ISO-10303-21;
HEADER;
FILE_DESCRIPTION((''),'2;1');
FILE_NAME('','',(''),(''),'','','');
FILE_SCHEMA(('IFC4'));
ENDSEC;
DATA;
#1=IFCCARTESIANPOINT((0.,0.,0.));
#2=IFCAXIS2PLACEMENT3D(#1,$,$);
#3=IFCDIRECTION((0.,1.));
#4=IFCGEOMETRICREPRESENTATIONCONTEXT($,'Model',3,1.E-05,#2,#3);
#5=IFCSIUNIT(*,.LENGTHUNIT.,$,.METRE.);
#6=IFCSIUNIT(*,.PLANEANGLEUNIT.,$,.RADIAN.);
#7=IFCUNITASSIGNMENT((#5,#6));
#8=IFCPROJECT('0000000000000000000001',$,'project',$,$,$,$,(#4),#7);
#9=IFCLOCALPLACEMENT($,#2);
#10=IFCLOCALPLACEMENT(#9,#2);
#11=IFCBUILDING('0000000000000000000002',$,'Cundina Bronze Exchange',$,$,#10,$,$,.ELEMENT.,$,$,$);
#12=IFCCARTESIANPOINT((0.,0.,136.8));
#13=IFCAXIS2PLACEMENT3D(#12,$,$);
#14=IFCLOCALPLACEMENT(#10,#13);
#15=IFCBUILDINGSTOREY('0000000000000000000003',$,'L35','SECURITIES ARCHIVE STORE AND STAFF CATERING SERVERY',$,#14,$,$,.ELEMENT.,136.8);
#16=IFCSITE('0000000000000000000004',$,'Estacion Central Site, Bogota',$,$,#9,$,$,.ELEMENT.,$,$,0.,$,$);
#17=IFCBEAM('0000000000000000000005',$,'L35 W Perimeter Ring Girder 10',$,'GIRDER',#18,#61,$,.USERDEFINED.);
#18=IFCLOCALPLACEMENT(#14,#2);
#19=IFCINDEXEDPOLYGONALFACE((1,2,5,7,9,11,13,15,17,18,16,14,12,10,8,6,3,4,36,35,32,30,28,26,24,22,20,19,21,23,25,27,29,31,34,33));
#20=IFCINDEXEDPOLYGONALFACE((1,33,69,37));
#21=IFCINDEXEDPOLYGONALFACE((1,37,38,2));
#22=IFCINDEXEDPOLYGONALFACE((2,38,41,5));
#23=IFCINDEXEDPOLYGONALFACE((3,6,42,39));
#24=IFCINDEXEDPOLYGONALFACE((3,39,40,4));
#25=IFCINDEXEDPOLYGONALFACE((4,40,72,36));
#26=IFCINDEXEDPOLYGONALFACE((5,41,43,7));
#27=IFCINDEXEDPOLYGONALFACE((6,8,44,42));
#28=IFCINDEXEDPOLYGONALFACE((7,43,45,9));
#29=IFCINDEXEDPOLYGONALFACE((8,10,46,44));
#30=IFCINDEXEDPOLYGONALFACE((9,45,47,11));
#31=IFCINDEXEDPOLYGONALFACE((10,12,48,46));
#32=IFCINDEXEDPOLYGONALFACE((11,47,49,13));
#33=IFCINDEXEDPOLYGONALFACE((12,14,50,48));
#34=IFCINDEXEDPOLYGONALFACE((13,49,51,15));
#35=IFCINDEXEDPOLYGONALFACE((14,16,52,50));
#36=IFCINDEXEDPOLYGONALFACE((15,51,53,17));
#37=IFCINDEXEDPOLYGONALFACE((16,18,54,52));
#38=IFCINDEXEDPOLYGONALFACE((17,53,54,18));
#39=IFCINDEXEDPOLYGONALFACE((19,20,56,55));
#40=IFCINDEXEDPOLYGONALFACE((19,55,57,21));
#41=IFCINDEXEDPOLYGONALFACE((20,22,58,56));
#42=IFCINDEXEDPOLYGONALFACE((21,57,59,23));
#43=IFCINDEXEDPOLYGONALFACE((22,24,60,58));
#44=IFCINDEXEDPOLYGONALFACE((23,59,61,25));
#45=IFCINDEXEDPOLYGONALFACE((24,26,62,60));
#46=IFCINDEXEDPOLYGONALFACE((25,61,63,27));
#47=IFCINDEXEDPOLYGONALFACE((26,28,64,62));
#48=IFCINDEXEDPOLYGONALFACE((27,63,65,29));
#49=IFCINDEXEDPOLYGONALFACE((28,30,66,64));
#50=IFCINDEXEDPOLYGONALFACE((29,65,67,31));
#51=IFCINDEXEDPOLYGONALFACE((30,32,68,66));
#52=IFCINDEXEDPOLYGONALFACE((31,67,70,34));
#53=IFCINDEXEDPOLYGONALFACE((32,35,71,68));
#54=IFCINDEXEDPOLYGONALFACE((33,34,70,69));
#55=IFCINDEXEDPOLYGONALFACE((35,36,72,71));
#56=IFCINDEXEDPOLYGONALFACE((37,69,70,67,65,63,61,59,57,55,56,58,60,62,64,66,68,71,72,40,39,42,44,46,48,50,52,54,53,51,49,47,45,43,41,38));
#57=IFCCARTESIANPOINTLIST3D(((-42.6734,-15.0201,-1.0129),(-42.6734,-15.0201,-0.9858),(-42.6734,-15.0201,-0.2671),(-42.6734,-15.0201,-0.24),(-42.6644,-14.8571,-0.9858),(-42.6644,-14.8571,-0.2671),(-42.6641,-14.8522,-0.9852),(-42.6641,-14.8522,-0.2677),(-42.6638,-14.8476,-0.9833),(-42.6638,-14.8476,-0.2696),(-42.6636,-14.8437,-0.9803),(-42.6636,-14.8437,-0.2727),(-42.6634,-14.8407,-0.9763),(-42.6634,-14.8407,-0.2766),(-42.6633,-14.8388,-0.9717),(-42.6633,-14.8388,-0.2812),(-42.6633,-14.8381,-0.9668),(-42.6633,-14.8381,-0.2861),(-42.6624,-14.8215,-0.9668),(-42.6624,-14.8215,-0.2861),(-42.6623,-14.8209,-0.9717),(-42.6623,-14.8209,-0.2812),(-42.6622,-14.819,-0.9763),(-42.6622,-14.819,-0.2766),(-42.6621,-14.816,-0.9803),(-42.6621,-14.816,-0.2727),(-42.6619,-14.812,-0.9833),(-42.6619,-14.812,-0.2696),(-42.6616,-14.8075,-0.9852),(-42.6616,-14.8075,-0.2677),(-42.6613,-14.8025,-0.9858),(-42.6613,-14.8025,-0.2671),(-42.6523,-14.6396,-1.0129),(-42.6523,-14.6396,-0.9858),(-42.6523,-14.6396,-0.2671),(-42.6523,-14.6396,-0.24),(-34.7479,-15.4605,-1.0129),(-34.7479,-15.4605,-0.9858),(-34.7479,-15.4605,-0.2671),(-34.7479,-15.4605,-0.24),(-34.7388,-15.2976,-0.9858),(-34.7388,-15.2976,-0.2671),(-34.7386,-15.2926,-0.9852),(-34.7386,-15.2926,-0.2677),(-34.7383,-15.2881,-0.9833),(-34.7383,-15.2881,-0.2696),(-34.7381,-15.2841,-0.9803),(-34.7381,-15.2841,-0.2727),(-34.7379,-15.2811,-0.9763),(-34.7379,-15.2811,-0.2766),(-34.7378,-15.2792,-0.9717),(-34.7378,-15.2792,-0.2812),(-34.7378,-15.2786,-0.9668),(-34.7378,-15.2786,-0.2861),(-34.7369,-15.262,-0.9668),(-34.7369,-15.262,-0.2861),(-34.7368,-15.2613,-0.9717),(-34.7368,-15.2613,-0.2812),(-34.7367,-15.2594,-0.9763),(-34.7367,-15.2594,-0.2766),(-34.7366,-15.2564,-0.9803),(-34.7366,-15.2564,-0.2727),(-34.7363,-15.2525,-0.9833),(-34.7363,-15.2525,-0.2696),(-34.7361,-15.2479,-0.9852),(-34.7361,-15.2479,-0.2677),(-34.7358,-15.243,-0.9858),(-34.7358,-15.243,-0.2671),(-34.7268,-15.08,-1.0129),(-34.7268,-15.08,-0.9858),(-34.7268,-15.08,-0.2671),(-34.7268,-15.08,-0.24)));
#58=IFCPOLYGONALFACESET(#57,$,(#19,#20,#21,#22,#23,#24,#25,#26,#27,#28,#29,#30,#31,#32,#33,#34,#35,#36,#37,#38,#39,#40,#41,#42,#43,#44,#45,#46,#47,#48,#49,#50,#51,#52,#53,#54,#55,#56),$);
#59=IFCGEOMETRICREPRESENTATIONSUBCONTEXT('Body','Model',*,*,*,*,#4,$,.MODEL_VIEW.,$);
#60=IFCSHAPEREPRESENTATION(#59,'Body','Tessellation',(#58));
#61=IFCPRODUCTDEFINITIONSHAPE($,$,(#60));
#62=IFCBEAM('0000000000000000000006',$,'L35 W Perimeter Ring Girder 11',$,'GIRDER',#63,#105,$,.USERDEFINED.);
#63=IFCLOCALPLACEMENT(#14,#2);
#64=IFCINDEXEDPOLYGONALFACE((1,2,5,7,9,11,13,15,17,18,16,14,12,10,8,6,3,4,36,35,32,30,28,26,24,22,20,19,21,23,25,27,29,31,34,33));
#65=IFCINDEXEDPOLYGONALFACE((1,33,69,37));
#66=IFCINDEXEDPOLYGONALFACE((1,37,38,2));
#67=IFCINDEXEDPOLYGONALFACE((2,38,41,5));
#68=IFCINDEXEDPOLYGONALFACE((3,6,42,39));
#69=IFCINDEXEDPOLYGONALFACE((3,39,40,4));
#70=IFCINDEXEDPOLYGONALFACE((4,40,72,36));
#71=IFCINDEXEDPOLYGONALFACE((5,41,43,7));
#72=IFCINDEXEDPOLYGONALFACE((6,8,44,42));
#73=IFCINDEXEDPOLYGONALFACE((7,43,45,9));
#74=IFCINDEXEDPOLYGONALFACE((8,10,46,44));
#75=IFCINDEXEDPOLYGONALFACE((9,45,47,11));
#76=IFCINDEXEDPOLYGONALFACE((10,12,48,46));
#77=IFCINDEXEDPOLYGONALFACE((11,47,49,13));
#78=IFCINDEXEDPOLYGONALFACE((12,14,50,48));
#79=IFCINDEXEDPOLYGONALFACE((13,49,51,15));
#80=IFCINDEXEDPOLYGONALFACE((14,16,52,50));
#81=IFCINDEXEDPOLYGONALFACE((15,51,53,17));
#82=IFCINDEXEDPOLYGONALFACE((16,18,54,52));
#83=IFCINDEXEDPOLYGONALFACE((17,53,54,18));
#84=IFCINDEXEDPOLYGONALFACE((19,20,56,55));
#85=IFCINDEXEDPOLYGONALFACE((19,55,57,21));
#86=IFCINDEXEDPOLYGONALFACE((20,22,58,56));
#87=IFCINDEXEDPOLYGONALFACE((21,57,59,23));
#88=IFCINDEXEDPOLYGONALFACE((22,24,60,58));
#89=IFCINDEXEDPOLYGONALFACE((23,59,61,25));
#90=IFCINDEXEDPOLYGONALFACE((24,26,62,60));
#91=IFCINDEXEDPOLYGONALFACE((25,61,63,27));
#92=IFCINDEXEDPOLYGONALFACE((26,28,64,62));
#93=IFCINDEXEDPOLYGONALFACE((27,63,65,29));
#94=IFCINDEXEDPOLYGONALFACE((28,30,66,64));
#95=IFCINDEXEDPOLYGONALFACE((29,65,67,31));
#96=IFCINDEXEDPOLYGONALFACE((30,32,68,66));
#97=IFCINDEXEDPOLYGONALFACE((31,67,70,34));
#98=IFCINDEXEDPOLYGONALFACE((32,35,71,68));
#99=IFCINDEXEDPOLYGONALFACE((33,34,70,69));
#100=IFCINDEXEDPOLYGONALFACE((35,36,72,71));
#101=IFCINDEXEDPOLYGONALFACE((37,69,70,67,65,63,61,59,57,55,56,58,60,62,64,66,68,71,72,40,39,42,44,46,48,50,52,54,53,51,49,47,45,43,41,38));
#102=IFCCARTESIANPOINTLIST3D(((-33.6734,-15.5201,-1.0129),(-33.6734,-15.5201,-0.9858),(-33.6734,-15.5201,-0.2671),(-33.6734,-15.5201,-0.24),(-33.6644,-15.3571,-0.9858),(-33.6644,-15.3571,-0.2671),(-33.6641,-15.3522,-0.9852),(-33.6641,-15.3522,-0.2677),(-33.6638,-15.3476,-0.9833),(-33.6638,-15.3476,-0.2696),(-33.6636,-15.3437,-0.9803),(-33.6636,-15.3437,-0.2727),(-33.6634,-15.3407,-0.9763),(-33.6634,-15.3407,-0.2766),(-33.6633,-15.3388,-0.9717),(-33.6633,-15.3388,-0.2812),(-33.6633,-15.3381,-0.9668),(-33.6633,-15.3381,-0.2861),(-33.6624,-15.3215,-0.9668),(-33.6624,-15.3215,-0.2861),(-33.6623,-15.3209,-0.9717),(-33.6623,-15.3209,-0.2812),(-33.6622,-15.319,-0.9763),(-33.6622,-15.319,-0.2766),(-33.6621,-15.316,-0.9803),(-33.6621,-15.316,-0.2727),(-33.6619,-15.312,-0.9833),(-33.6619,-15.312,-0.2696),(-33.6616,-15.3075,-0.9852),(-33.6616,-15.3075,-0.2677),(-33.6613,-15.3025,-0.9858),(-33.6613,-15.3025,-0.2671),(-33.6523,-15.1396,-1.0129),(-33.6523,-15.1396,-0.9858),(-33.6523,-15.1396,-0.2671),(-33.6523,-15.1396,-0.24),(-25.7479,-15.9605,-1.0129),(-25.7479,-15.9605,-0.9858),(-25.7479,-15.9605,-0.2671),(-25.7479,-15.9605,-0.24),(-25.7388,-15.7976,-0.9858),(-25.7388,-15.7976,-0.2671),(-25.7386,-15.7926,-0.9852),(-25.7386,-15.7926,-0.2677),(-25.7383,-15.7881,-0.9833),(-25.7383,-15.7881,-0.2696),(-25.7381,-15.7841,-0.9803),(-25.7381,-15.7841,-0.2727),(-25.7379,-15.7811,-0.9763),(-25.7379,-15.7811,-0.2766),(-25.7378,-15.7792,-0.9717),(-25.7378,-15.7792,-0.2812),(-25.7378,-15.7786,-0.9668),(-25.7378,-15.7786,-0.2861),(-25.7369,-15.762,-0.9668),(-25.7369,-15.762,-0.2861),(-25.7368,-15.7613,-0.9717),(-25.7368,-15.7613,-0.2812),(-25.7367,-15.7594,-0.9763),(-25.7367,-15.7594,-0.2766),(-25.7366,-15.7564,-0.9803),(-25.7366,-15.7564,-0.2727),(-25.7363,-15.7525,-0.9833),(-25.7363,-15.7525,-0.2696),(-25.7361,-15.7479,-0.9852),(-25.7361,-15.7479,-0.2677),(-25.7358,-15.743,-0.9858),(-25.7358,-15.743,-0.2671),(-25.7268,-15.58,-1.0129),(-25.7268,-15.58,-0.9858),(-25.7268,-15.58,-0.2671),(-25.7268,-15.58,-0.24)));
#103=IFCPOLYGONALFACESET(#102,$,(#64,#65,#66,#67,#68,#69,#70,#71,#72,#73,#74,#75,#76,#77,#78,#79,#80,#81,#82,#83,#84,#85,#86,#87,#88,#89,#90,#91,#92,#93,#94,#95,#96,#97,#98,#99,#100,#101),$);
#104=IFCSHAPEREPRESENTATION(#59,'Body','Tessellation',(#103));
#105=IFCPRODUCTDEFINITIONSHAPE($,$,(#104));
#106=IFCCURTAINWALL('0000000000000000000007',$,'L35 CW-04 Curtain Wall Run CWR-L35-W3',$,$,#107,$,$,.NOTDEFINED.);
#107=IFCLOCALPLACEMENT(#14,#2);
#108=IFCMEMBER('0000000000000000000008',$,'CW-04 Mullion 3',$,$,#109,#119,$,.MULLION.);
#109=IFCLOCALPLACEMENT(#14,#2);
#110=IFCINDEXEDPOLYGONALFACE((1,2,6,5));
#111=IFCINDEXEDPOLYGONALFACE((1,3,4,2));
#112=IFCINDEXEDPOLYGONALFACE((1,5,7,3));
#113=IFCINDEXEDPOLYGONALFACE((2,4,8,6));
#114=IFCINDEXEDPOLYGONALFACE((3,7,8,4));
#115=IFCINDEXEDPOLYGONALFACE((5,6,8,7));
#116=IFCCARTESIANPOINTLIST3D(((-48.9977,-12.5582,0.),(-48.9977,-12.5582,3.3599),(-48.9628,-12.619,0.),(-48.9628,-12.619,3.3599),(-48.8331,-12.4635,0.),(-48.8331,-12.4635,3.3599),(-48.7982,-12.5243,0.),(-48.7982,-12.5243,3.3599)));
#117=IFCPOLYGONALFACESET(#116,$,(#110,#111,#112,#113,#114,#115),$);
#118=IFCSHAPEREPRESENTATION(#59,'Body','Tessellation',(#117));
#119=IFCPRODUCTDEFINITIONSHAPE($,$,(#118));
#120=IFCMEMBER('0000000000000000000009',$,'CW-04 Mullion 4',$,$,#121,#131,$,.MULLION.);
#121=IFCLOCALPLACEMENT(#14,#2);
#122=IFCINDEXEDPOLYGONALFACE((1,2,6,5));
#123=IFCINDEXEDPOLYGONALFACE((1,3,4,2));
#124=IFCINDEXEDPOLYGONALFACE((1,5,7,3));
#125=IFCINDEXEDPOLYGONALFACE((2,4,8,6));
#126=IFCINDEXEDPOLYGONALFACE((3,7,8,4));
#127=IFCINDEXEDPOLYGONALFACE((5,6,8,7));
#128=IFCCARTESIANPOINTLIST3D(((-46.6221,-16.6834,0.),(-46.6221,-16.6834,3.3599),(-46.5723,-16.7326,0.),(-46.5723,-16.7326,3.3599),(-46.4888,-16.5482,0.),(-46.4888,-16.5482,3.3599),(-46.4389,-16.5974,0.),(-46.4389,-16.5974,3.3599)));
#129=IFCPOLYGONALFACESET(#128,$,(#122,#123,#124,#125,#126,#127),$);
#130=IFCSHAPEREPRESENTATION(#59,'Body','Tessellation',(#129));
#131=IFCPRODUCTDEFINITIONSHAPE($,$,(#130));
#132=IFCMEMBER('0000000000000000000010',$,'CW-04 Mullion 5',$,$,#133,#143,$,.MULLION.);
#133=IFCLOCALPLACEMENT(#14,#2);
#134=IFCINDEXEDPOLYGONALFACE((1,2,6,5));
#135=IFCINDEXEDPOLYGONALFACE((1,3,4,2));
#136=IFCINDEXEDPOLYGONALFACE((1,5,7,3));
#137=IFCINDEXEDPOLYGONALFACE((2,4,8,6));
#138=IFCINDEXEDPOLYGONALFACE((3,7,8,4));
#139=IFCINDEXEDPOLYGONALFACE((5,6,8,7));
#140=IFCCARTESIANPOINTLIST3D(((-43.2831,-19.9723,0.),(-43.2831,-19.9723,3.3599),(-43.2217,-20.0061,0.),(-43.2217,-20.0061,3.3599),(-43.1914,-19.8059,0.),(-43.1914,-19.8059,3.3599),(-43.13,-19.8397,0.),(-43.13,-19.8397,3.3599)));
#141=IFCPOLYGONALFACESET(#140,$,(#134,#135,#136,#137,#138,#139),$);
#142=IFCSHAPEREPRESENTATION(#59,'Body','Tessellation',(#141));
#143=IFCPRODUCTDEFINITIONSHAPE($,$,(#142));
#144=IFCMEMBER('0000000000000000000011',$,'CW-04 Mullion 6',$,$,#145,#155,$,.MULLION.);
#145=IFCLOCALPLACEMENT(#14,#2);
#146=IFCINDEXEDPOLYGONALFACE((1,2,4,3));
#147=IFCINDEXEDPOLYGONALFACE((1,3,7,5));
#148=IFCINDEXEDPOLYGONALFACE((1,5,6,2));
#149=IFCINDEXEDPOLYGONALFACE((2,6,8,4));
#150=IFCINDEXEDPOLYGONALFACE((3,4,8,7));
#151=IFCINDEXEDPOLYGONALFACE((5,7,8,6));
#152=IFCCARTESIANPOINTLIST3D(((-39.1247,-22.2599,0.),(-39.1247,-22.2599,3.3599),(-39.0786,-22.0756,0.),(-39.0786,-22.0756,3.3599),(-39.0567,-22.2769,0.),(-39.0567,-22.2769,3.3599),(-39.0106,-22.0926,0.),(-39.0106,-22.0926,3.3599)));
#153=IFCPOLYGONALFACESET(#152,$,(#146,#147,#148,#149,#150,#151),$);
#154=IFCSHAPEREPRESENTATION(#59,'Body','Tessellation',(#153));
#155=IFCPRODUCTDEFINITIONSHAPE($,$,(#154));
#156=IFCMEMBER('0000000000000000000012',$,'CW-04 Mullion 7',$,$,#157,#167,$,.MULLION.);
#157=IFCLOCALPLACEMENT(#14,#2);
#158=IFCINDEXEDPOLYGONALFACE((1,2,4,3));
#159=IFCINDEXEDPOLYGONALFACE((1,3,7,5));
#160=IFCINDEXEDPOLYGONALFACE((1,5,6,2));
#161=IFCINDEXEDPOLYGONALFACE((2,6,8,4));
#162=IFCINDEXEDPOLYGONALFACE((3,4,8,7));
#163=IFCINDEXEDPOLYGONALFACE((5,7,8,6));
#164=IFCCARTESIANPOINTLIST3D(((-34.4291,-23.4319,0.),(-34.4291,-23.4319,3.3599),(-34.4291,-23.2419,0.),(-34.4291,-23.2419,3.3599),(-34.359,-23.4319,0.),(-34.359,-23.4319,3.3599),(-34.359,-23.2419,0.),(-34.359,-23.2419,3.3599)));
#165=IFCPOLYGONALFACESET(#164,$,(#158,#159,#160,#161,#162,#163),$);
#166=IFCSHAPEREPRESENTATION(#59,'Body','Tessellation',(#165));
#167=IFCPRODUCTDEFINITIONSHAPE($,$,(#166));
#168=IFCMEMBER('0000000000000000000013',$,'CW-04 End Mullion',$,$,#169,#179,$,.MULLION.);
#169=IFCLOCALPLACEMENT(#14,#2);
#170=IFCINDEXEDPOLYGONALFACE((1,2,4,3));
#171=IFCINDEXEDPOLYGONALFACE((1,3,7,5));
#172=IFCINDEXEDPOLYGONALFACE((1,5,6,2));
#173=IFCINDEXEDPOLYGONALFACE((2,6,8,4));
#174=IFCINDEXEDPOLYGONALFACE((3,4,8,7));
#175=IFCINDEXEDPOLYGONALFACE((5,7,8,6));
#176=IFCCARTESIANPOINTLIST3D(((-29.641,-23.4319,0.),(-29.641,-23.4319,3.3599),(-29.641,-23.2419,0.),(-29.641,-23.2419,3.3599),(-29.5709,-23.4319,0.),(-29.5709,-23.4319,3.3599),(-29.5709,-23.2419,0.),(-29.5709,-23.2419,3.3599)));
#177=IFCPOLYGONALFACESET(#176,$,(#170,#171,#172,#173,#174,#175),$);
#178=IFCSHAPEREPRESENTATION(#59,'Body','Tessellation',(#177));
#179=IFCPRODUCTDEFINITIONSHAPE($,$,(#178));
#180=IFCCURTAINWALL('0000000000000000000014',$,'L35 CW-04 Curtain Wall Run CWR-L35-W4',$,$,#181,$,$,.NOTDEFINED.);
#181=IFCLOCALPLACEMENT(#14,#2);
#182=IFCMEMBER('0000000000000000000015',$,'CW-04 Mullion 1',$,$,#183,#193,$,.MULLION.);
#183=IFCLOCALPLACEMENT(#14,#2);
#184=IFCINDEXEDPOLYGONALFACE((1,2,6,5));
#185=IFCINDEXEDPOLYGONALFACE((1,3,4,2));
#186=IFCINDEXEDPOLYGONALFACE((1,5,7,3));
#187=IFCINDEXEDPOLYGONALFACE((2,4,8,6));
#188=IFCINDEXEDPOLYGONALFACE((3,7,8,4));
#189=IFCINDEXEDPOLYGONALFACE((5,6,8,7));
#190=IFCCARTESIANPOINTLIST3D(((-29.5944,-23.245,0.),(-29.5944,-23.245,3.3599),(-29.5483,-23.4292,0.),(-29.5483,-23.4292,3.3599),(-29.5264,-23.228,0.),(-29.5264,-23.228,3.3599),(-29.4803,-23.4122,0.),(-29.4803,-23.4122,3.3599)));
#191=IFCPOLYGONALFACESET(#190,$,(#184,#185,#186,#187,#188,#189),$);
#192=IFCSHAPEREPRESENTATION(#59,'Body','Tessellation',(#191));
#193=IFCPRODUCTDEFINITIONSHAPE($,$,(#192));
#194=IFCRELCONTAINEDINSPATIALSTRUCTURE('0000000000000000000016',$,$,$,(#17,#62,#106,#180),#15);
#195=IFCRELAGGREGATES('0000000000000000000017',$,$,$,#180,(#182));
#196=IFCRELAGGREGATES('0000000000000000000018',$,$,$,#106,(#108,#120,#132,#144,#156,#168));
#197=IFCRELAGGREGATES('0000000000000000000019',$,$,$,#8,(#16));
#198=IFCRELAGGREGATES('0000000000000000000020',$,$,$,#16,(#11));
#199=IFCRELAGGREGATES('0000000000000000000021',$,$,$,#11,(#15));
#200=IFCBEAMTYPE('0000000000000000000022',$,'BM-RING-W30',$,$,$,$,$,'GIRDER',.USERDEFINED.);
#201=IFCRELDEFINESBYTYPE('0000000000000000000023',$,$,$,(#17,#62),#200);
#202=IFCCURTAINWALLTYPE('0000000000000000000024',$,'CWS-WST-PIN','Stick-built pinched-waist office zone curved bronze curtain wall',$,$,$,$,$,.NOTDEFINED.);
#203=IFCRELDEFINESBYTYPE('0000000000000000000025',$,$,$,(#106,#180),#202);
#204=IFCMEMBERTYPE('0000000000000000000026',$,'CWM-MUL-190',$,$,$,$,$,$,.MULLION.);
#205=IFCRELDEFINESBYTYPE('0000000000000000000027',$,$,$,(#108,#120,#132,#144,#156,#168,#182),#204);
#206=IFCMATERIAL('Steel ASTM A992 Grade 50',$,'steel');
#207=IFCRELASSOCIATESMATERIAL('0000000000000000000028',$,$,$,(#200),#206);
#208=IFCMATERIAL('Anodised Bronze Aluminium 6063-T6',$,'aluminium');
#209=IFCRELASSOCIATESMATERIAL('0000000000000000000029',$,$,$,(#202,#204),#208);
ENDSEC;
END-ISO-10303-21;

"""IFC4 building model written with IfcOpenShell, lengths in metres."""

from ifc_helpers import new_model, si_unit, direction, frame, origin, origin_2d, place, context, subcontext, project, spatial, rectangle, i_section, extrude, material, material_profile, profile_set, type_object, element, aggregate, save


model = new_model("IFC4")

# Units and contexts
model_context = context("Model", 3, precision=1e-05, world=origin(), true_north=direction((0.0, 1.0)))
body_context = subcontext(model_context, "Body", "Model", "MODEL_VIEW")
ifc_project = project(units=[si_unit("LENGTHUNIT", "METRE"), si_unit("PLANEANGLEUNIT", "RADIAN")], contexts=[model_context])

# Site, building, storey
site_placement = place(None, origin())
site = spatial("IfcSite", under=ifc_project, at=site_placement, Name="Estacion Central Site, Bogota", CompositionType="ELEMENT", RefElevation=0.0)
building_placement = place(site_placement, origin())
building = spatial("IfcBuilding", under=site, at=building_placement, Name="Cundina Bronze Exchange", CompositionType="ELEMENT")
storey_placement = place(building_placement, frame((0.0, 0.0, 136.8)))
storey = spatial("IfcBuildingStorey", under=building, at=storey_placement, Name="L35", Description="SECURITIES ARCHIVE STORE AND STAFF CATERING SERVERY", CompositionType="ELEMENT", Elevation=136.8)

# Beams
ifc_material_1 = material(Name="Steel ASTM A992 Grade 50", Category="steel")
ifc_material_profile_1 = material_profile(ifc_material_1, i_section(OverallWidth=0.3811, OverallDepth=0.7729, WebThickness=0.0166, FlangeThickness=0.0271, FilletRadius=0.019, at=origin_2d()), Name="W30X173", Category="steel")
ifc_profile_set_1 = profile_set([ifc_material_profile_1], Name="Steel ASTM A992 Grade 50")
beam_type_1 = type_object("IfcBeamType", Name="BM-RING-W30", ElementType="GIRDER", PredefinedType="USERDEFINED", material=ifc_profile_set_1)
for number, where, z_axis, x_axis, name in (
    (1, (-42.6628, -14.8298, -0.6265), (0.99846, -0.055485, 0.0), (0.055485, 0.99846, 0.0), "L35 W Perimeter Ring Girder 10"),
    (2, (-33.6628, -15.3298, -0.6265), (0.99846, -0.055485, 0.0), (0.055485, 0.99846, 0.0), "L35 W Perimeter Ring Girder 11"),
):
    element("IfcBeam", number, at=place(storey_placement, frame(where, z_axis=z_axis, x_axis=x_axis)), inside=storey, type_object=beam_type_1, Name=name, ObjectType="GIRDER", PredefinedType="USERDEFINED", context=body_context, shape_type="SweptSolid", body=[
        extrude(i_section(OverallWidth=0.3811, OverallDepth=0.7729, WebThickness=0.0166, FlangeThickness=0.0271, FilletRadius=0.019, at=origin_2d()), origin(), (0.0, 0.0, 1.0), 7.9377),
    ])

# Curtain wall, members
ifc_material_2 = material(Name="Anodised Bronze Aluminium 6063-T6", Category="aluminium")
curtain_wall_type = type_object("IfcCurtainWallType", Name="CWS-WST-PIN", Description="Stick-built pinched-waist office zone curved bronze curtain wall", PredefinedType="NOTDEFINED", material=ifc_material_2)
curtain_wall_1_placement = place(storey_placement, origin())
curtain_wall_1 = element("IfcCurtainWall", 3, at=curtain_wall_1_placement, inside=storey, type_object=curtain_wall_type, Name="L35 CW-04 Curtain Wall Run CWR-L35-W3", PredefinedType="NOTDEFINED")
ifc_material_profile_2 = material_profile(ifc_material_2, rectangle(XDim=0.0701, YDim=0.1899, at=origin_2d()), Name="AL70X190", Category="aluminium")
ifc_profile_set_2 = profile_set([ifc_material_profile_2], Name="Anodised Bronze Aluminium 6063-T6")
member_type_1 = type_object("IfcMemberType", Name="CWM-MUL-190", PredefinedType="MULLION", material=ifc_profile_set_2)
member_1_placement = place(storey_placement, frame((-48.8979, -12.5413, 0.0), z_axis=(0.0, 0.0, 1.0), x_axis=(0.498488, -0.866897, 0.0)))
member_1 = element("IfcMember", 4, at=member_1_placement, type_object=member_type_1, Name="CW-04 Mullion 3", PredefinedType="MULLION", context=body_context, shape_type="SweptSolid", body=[
    extrude(rectangle(XDim=0.0701, YDim=0.1899, at=origin_2d()), origin(), (0.0, 0.0, 1.0), 3.3599),
])
member_2_placement = place(storey_placement, frame((-46.5305, -16.6404, 0.0), z_axis=(0.0, 0.0, 1.0), x_axis=(0.712026, -0.702153, 0.0)))
member_2 = element("IfcMember", 5, at=member_2_placement, type_object=member_type_1, Name="CW-04 Mullion 4", PredefinedType="MULLION", context=body_context, shape_type="SweptSolid", body=[
    extrude(rectangle(XDim=0.0701, YDim=0.1899, at=origin_2d()), origin(), (0.0, 0.0, 1.0), 3.3599),
])
member_3_placement = place(storey_placement, frame((-43.2065, -19.906, 0.0), z_axis=(0.0, 0.0, 1.0), x_axis=(0.875886, -0.482518, 0.0)))
member_3 = element("IfcMember", 6, at=member_3_placement, type_object=member_type_1, Name="CW-04 Mullion 5", PredefinedType="MULLION", context=body_context, shape_type="SweptSolid", body=[
    extrude(rectangle(XDim=0.0701, YDim=0.1899, at=origin_2d()), origin(), (0.0, 0.0, 1.0), 3.3599),
])
member_4_placement = place(storey_placement, frame((-39.0676, -22.1763, 0.0), z_axis=(0.0, 0.0, 1.0), x_axis=(0.970084, -0.242769, 0.0)))
member_4 = element("IfcMember", 7, at=member_4_placement, type_object=member_type_1, Name="CW-04 Mullion 6", PredefinedType="MULLION", context=body_context, shape_type="SweptSolid", body=[
    extrude(rectangle(XDim=0.0701, YDim=0.1899, at=origin_2d()), origin(), (0.0, 0.0, 1.0), 3.3599),
])
member_5_placement = place(storey_placement, frame((-34.394, -23.3369, 0.0), z_axis=(0.0, 0.0, 1.0), x_axis=(1.0, 0.0, 0.0)))
member_5 = element("IfcMember", 8, at=member_5_placement, type_object=member_type_1, Name="CW-04 Mullion 7", PredefinedType="MULLION", context=body_context, shape_type="SweptSolid", body=[
    extrude(rectangle(XDim=0.0701, YDim=0.1899, at=origin_2d()), origin(), (0.0, 0.0, 1.0), 3.3599),
])
member_6_placement = place(storey_placement, frame((-29.606, -23.3369, 0.0), z_axis=(0.0, 0.0, 1.0), x_axis=(1.0, 0.0, 0.0)))
member_6 = element("IfcMember", 9, at=member_6_placement, type_object=member_type_1, Name="CW-04 End Mullion", PredefinedType="MULLION", context=body_context, shape_type="SweptSolid", body=[
    extrude(rectangle(XDim=0.0701, YDim=0.1899, at=origin_2d()), origin(), (0.0, 0.0, 1.0), 3.3599),
])

# Curtain wall, member
curtain_wall_2_placement = place(storey_placement, origin())
curtain_wall_2 = element("IfcCurtainWall", 10, at=curtain_wall_2_placement, inside=storey, type_object=curtain_wall_type, Name="L35 CW-04 Curtain Wall Run CWR-L35-W4", PredefinedType="NOTDEFINED")
member_7_placement = place(storey_placement, frame((-29.5374, -23.3286, 0.0), z_axis=(0.0, 0.0, 1.0), x_axis=(0.970084, 0.242769, 0.0)))
member_7 = element("IfcMember", 11, at=member_7_placement, type_object=member_type_1, Name="CW-04 Mullion 1", PredefinedType="MULLION", context=body_context, shape_type="SweptSolid", body=[
    extrude(rectangle(XDim=0.0701, YDim=0.1899, at=origin_2d()), origin(), (0.0, 0.0, 1.0), 3.3599),
])

aggregate(curtain_wall_2, [member_7])

aggregate(curtain_wall_1, [member_1, member_2, member_3, member_4, member_5, member_6])

save(model, "model.ifc")
